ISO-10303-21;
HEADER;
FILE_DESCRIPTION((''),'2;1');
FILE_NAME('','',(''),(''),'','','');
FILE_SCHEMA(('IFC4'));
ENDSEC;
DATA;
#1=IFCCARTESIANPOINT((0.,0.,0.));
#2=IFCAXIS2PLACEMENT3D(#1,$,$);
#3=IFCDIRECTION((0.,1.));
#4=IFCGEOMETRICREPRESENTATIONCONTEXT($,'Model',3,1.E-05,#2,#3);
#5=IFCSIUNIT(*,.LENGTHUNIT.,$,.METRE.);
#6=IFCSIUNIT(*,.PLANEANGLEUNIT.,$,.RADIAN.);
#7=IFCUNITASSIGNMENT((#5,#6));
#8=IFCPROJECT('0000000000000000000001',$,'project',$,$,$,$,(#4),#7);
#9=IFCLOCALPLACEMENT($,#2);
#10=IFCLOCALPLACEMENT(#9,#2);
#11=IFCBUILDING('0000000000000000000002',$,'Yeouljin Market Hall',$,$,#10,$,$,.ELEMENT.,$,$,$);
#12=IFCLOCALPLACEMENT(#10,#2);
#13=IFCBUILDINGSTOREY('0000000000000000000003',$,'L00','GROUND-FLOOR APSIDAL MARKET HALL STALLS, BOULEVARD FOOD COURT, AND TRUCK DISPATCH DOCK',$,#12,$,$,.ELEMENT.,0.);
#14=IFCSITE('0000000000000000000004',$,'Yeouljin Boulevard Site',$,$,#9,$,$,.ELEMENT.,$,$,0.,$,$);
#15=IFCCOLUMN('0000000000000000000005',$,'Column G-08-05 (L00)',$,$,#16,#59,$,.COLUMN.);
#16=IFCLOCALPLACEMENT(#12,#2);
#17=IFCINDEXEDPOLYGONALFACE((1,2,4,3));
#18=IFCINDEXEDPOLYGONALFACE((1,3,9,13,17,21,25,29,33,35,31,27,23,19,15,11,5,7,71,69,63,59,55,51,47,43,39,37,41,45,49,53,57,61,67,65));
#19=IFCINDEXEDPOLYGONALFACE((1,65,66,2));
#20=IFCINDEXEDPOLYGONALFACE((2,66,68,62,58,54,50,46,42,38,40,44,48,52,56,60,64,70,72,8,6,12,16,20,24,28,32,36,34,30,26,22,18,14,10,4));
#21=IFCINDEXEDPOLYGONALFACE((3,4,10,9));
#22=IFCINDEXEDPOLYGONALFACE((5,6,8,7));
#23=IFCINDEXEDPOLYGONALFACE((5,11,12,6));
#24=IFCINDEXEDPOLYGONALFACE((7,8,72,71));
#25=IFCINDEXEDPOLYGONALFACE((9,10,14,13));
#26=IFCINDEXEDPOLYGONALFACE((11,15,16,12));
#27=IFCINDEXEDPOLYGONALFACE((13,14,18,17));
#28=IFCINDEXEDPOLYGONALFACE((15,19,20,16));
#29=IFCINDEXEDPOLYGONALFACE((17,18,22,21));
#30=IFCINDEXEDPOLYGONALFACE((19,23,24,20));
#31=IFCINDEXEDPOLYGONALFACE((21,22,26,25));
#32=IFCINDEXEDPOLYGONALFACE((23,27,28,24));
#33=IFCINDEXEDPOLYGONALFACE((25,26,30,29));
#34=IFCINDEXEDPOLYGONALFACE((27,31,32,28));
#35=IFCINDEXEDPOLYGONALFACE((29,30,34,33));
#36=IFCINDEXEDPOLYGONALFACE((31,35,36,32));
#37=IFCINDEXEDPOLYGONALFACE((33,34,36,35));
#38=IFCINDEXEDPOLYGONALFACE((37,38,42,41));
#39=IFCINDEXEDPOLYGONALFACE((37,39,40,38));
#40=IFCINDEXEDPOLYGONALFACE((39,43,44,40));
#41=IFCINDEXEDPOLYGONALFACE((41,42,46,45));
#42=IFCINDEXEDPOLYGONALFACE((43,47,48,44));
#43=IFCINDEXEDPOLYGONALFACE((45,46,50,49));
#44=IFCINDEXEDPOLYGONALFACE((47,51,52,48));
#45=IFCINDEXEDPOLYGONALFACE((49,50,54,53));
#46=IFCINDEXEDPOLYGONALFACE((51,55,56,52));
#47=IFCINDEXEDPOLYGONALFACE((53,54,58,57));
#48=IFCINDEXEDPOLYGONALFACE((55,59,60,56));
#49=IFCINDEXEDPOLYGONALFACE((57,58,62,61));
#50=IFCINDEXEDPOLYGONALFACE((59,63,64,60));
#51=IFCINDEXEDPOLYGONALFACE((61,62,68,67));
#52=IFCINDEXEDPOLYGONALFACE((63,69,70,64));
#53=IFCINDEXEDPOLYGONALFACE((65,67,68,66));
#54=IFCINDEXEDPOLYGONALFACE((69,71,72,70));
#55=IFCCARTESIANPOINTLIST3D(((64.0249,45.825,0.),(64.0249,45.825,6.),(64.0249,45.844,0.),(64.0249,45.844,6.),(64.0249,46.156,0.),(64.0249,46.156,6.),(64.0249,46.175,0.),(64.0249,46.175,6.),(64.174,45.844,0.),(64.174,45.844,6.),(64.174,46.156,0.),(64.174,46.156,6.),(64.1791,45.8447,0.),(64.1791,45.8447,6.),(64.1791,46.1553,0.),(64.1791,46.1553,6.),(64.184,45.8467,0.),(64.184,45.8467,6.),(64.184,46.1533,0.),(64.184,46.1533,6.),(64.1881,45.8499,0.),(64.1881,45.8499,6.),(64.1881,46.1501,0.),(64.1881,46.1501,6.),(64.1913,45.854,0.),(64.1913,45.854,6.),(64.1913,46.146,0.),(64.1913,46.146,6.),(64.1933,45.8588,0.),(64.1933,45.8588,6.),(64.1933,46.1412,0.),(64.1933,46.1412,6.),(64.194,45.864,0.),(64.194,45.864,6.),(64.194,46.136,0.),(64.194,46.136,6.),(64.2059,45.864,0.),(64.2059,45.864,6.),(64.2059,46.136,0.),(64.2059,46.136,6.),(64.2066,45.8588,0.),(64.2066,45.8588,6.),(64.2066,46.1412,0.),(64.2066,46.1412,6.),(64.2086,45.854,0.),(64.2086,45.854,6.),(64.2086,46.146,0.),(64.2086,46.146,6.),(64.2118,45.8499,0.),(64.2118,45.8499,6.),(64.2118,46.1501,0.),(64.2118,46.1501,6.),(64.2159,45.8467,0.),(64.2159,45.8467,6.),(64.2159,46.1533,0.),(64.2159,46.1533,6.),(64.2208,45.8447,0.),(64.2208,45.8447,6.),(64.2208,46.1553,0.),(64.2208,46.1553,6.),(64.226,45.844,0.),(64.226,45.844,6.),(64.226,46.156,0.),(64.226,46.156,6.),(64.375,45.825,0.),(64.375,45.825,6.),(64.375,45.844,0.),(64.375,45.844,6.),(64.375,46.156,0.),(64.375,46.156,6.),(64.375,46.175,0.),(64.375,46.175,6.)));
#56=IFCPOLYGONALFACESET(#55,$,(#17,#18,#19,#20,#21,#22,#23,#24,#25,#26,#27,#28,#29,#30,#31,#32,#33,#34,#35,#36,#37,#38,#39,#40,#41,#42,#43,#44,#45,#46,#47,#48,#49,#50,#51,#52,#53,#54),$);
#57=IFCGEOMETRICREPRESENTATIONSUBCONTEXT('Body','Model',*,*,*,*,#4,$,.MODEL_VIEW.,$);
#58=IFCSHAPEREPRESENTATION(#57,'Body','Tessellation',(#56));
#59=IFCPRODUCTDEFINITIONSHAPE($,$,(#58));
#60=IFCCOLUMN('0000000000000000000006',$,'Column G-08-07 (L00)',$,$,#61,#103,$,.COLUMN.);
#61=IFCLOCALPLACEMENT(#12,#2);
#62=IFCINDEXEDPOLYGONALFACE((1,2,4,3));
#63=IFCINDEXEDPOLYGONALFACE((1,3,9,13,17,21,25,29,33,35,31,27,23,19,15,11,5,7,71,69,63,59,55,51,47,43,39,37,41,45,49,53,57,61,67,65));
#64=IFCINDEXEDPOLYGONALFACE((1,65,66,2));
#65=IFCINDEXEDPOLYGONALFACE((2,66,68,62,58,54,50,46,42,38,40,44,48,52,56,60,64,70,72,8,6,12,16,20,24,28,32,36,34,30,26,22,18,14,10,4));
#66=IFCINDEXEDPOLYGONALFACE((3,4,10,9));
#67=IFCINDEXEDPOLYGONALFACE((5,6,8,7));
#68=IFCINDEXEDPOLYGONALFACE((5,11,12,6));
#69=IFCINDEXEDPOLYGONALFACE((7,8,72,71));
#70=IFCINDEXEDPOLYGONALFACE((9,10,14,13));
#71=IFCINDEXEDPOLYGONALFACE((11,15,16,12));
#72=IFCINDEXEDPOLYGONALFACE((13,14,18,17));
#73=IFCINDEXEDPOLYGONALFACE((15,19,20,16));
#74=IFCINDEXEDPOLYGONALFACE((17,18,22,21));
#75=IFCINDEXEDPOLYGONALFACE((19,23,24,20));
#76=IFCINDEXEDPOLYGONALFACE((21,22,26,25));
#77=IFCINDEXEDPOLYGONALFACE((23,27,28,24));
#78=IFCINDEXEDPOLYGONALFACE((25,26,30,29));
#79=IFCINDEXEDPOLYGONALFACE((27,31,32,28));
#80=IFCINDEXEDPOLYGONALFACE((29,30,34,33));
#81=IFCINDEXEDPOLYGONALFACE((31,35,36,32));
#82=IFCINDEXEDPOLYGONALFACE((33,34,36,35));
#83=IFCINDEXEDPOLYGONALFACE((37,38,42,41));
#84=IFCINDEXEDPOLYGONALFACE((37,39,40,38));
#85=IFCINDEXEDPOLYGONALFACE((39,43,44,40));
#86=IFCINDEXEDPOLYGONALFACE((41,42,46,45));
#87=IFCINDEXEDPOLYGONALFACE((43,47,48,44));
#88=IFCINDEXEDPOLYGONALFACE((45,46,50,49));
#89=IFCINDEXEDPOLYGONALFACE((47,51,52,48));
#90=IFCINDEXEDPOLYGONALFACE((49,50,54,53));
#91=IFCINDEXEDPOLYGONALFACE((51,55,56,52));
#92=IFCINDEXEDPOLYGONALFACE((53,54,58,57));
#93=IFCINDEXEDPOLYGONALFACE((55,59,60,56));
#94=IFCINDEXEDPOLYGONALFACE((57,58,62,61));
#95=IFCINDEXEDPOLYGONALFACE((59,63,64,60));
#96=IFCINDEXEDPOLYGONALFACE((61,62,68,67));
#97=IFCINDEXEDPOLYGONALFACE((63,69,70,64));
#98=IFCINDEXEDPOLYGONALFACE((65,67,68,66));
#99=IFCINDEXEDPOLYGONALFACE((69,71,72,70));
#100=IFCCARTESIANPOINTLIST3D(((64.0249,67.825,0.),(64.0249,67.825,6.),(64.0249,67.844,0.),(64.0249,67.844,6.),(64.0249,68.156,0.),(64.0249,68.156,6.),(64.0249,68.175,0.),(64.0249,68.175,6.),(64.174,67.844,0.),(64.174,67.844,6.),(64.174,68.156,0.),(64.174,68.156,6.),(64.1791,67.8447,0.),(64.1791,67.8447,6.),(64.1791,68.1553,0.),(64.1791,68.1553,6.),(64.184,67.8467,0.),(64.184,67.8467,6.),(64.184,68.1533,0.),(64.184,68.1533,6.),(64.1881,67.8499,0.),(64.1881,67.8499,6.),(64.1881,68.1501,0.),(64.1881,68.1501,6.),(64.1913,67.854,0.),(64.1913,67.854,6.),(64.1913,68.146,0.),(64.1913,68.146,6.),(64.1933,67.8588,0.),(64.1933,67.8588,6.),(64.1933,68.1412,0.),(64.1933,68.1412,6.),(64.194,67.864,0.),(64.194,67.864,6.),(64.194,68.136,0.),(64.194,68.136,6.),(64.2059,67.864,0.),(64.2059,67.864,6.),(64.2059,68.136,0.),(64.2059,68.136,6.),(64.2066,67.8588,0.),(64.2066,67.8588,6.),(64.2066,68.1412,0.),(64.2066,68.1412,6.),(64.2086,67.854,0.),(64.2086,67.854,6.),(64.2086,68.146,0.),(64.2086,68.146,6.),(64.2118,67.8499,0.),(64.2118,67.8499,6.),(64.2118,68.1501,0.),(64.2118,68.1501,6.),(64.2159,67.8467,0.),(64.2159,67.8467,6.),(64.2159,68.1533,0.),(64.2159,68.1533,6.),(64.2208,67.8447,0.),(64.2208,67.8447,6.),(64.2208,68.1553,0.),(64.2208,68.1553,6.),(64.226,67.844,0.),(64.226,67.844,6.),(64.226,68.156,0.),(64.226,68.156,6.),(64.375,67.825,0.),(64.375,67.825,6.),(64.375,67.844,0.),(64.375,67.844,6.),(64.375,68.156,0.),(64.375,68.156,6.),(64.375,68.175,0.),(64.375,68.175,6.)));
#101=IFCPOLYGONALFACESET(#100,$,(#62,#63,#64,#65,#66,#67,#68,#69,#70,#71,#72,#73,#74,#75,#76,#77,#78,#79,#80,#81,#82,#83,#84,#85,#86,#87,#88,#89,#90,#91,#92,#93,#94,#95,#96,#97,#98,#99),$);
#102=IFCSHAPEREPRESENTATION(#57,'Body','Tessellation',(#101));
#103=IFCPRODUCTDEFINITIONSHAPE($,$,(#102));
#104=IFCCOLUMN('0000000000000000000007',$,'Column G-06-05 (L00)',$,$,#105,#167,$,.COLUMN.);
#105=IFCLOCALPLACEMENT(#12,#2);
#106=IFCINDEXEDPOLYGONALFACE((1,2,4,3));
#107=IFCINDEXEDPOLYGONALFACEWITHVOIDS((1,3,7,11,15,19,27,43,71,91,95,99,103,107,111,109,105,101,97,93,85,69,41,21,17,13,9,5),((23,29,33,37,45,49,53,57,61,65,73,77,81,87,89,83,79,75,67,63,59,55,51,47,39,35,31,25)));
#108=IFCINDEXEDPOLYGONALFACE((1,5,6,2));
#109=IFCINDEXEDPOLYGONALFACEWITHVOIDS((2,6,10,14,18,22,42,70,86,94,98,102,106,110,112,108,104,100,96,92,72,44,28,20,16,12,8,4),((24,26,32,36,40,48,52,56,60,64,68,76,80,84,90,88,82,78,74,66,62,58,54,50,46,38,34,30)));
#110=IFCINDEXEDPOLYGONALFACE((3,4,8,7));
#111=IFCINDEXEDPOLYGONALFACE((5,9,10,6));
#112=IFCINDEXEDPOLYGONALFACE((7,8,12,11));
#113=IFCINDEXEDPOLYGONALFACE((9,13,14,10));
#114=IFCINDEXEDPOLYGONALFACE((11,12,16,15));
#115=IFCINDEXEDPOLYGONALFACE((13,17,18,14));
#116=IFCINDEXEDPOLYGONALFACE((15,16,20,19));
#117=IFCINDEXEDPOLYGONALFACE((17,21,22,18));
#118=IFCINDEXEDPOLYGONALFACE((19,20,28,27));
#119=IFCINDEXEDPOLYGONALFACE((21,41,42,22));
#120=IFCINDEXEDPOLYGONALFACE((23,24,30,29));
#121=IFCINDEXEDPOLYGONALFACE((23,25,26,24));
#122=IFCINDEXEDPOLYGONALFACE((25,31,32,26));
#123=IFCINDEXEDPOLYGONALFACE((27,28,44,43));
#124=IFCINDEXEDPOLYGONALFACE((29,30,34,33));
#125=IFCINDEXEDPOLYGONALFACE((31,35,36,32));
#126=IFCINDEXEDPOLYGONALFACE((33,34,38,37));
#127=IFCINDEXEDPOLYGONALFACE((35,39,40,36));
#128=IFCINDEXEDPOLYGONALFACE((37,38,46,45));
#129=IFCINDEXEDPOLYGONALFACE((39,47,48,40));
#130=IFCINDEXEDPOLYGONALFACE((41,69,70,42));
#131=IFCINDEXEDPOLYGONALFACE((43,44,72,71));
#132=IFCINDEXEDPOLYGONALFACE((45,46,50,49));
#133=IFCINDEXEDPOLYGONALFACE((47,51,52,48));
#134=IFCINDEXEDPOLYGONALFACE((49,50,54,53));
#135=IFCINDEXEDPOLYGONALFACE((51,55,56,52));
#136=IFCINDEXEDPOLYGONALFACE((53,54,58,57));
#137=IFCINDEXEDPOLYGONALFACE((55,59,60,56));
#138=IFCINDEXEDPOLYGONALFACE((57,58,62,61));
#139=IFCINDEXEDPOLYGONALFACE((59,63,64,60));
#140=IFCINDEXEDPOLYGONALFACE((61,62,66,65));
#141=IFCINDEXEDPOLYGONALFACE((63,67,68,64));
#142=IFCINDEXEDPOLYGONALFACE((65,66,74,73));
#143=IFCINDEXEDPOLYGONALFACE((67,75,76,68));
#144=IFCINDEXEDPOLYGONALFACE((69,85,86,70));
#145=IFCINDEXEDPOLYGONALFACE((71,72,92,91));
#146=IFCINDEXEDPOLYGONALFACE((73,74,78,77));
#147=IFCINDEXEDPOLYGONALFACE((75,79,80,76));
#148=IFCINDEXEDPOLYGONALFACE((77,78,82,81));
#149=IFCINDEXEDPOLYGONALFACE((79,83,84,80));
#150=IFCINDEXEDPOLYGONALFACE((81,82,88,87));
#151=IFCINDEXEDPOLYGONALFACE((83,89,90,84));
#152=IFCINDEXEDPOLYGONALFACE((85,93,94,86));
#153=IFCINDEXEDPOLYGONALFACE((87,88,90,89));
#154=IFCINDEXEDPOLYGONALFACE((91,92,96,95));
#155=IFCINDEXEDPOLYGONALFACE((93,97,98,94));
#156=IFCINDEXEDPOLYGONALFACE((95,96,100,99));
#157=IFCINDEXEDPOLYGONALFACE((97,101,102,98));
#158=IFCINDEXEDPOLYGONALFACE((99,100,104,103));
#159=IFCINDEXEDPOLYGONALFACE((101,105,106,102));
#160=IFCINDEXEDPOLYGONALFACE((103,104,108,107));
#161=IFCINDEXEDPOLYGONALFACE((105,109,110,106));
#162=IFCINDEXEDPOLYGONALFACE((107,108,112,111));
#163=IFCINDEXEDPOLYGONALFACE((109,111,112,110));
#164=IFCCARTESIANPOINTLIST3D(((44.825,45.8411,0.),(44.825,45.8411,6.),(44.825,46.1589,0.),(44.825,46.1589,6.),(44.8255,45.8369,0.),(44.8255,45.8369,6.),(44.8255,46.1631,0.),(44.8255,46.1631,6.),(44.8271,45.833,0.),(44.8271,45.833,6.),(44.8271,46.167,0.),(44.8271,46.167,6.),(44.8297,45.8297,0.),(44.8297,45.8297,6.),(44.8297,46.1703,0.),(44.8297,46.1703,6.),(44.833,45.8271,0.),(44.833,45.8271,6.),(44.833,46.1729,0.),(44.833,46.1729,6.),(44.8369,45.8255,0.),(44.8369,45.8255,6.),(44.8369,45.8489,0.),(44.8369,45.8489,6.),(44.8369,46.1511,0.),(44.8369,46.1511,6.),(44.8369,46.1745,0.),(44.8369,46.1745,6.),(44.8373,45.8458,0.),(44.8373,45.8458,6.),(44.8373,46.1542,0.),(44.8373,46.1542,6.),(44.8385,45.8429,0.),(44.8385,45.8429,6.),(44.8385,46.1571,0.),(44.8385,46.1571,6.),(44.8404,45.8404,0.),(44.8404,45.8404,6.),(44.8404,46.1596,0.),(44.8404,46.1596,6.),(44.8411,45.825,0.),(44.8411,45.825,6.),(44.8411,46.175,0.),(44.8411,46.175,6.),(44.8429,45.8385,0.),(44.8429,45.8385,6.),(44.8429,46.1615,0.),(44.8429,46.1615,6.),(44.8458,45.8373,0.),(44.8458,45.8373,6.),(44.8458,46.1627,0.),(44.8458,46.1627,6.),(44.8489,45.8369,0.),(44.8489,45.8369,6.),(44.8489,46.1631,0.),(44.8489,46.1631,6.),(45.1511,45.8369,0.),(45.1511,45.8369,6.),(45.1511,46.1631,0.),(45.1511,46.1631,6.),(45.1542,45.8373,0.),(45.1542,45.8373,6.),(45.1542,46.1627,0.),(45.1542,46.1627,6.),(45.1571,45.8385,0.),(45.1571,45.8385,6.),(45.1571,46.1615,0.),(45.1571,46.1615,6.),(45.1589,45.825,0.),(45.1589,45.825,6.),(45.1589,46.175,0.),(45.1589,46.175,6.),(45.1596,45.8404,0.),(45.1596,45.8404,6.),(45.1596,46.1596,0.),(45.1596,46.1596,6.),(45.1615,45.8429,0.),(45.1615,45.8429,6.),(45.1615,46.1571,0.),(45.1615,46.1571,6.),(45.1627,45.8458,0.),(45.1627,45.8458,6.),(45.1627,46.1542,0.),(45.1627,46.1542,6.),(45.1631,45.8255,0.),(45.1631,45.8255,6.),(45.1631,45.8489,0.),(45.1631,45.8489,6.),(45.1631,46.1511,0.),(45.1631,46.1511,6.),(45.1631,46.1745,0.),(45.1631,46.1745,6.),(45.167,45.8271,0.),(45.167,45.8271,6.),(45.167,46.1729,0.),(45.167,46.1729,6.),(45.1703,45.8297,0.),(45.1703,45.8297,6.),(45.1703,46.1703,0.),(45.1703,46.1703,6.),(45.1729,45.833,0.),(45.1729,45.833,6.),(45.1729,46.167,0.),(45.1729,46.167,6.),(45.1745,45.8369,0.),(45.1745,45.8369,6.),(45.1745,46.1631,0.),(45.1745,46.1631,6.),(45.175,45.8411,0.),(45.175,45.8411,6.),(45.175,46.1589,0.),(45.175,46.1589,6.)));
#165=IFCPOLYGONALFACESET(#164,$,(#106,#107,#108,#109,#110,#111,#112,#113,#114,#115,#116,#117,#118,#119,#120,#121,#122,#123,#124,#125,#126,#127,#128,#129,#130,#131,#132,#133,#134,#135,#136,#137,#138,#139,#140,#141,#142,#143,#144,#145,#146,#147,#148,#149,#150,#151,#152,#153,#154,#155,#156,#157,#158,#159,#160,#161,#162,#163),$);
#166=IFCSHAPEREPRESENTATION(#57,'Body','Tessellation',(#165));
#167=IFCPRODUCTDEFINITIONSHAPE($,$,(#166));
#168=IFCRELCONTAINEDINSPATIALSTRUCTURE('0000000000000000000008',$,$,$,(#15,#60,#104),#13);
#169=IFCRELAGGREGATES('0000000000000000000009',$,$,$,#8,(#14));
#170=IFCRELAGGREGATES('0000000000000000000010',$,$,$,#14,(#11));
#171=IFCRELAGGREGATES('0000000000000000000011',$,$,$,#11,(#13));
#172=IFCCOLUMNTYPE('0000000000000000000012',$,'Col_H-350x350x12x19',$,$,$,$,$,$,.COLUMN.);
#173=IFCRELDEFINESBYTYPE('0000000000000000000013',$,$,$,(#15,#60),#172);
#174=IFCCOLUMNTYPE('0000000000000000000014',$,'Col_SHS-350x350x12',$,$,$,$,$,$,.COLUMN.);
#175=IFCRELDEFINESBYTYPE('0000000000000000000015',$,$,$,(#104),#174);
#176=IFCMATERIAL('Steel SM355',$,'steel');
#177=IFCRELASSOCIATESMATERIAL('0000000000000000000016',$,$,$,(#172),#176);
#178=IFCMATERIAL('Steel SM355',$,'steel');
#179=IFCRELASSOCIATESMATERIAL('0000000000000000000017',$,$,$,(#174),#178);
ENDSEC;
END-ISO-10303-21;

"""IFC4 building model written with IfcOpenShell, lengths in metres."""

from ifc_helpers import new_model, si_unit, direction, frame, origin, origin_2d, place, context, subcontext, project, spatial, hollow_rectangle, i_section, extrude, material, material_profile, profile_set, type_object, element, save


model = new_model("IFC4")

# Units and contexts
model_context = context("Model", 3, precision=1e-05, world=origin(), true_north=direction((0.0, 1.0)))
body_context = subcontext(model_context, "Body", "Model", "MODEL_VIEW")
ifc_project = project(units=[si_unit("LENGTHUNIT", "METRE"), si_unit("PLANEANGLEUNIT", "RADIAN")], contexts=[model_context])

# Site, building, storey
site_placement = place(None, origin())
site = spatial("IfcSite", under=ifc_project, at=site_placement, Name="Yeouljin Boulevard Site", CompositionType="ELEMENT", RefElevation=0.0)
building_placement = place(site_placement, origin())
building = spatial("IfcBuilding", under=site, at=building_placement, Name="Yeouljin Market Hall", CompositionType="ELEMENT")
storey_placement = place(building_placement, origin())
storey = spatial("IfcBuildingStorey", under=building, at=storey_placement, Name="L00", Description="GROUND-FLOOR APSIDAL MARKET HALL STALLS, BOULEVARD FOOD COURT, AND TRUCK DISPATCH DOCK", CompositionType="ELEMENT", Elevation=0.0)

# Columns
ifc_material_1 = material(Name="Steel SM355", Category="steel")
ifc_material_profile_1 = material_profile(ifc_material_1, i_section(OverallWidth=0.3501, OverallDepth=0.3501, WebThickness=0.012, FlangeThickness=0.019, FilletRadius=0.02, at=origin_2d()), Name="H-350x350x12x19")
ifc_profile_set_1 = profile_set([ifc_material_profile_1], Name="Steel SM355")
column_type_1 = type_object("IfcColumnType", Name="Col_H-350x350x12x19", PredefinedType="COLUMN", material=ifc_profile_set_1)
for number, where, z_axis, x_axis, name in (
    (1, (64.2, 46.0, 0.0), (0.0, 0.0, 1.0), (1.0, 0.0, 0.0), "Column G-08-05 (L00)"),
    (2, (64.2, 68.0, 0.0), (0.0, 0.0, 1.0), (1.0, 0.0, 0.0), "Column G-08-07 (L00)"),
):
    element("IfcColumn", number, at=place(storey_placement, frame(where, z_axis=z_axis, x_axis=x_axis)), inside=storey, type_object=column_type_1, Name=name, PredefinedType="COLUMN", context=body_context, shape_type="SweptSolid", body=[
        extrude(i_section(OverallWidth=0.3501, OverallDepth=0.3501, WebThickness=0.012, FlangeThickness=0.019, FilletRadius=0.02, at=origin_2d()), origin(), (0.0, 0.0, 1.0), 6.0),
    ])
ifc_material_2 = material(Name="Steel SM355", Category="steel")
ifc_material_profile_2 = material_profile(ifc_material_2, hollow_rectangle(XDim=0.3501, YDim=0.3501, WallThickness=0.012, InnerFilletRadius=0.012, OuterFilletRadius=0.0161, at=origin_2d()), Name="SHS-350x350x12")
ifc_profile_set_2 = profile_set([ifc_material_profile_2], Name="Steel SM355")
column_type_2 = type_object("IfcColumnType", Name="Col_SHS-350x350x12", PredefinedType="COLUMN", material=ifc_profile_set_2)
for number, where, z_axis, x_axis, name in (
    (3, (45.0, 46.0, 0.0), (0.0, 0.0, 1.0), (1.0, 0.0, 0.0), "Column G-06-05 (L00)"),
):
    element("IfcColumn", number, at=place(storey_placement, frame(where, z_axis=z_axis, x_axis=x_axis)), inside=storey, type_object=column_type_2, Name=name, PredefinedType="COLUMN", context=body_context, shape_type="SweptSolid", body=[
        extrude(hollow_rectangle(XDim=0.3501, YDim=0.3501, WallThickness=0.012, InnerFilletRadius=0.012, OuterFilletRadius=0.0161, at=origin_2d()), origin(), (0.0, 0.0, 1.0), 6.0),
    ])

save(model, "model.ifc")
